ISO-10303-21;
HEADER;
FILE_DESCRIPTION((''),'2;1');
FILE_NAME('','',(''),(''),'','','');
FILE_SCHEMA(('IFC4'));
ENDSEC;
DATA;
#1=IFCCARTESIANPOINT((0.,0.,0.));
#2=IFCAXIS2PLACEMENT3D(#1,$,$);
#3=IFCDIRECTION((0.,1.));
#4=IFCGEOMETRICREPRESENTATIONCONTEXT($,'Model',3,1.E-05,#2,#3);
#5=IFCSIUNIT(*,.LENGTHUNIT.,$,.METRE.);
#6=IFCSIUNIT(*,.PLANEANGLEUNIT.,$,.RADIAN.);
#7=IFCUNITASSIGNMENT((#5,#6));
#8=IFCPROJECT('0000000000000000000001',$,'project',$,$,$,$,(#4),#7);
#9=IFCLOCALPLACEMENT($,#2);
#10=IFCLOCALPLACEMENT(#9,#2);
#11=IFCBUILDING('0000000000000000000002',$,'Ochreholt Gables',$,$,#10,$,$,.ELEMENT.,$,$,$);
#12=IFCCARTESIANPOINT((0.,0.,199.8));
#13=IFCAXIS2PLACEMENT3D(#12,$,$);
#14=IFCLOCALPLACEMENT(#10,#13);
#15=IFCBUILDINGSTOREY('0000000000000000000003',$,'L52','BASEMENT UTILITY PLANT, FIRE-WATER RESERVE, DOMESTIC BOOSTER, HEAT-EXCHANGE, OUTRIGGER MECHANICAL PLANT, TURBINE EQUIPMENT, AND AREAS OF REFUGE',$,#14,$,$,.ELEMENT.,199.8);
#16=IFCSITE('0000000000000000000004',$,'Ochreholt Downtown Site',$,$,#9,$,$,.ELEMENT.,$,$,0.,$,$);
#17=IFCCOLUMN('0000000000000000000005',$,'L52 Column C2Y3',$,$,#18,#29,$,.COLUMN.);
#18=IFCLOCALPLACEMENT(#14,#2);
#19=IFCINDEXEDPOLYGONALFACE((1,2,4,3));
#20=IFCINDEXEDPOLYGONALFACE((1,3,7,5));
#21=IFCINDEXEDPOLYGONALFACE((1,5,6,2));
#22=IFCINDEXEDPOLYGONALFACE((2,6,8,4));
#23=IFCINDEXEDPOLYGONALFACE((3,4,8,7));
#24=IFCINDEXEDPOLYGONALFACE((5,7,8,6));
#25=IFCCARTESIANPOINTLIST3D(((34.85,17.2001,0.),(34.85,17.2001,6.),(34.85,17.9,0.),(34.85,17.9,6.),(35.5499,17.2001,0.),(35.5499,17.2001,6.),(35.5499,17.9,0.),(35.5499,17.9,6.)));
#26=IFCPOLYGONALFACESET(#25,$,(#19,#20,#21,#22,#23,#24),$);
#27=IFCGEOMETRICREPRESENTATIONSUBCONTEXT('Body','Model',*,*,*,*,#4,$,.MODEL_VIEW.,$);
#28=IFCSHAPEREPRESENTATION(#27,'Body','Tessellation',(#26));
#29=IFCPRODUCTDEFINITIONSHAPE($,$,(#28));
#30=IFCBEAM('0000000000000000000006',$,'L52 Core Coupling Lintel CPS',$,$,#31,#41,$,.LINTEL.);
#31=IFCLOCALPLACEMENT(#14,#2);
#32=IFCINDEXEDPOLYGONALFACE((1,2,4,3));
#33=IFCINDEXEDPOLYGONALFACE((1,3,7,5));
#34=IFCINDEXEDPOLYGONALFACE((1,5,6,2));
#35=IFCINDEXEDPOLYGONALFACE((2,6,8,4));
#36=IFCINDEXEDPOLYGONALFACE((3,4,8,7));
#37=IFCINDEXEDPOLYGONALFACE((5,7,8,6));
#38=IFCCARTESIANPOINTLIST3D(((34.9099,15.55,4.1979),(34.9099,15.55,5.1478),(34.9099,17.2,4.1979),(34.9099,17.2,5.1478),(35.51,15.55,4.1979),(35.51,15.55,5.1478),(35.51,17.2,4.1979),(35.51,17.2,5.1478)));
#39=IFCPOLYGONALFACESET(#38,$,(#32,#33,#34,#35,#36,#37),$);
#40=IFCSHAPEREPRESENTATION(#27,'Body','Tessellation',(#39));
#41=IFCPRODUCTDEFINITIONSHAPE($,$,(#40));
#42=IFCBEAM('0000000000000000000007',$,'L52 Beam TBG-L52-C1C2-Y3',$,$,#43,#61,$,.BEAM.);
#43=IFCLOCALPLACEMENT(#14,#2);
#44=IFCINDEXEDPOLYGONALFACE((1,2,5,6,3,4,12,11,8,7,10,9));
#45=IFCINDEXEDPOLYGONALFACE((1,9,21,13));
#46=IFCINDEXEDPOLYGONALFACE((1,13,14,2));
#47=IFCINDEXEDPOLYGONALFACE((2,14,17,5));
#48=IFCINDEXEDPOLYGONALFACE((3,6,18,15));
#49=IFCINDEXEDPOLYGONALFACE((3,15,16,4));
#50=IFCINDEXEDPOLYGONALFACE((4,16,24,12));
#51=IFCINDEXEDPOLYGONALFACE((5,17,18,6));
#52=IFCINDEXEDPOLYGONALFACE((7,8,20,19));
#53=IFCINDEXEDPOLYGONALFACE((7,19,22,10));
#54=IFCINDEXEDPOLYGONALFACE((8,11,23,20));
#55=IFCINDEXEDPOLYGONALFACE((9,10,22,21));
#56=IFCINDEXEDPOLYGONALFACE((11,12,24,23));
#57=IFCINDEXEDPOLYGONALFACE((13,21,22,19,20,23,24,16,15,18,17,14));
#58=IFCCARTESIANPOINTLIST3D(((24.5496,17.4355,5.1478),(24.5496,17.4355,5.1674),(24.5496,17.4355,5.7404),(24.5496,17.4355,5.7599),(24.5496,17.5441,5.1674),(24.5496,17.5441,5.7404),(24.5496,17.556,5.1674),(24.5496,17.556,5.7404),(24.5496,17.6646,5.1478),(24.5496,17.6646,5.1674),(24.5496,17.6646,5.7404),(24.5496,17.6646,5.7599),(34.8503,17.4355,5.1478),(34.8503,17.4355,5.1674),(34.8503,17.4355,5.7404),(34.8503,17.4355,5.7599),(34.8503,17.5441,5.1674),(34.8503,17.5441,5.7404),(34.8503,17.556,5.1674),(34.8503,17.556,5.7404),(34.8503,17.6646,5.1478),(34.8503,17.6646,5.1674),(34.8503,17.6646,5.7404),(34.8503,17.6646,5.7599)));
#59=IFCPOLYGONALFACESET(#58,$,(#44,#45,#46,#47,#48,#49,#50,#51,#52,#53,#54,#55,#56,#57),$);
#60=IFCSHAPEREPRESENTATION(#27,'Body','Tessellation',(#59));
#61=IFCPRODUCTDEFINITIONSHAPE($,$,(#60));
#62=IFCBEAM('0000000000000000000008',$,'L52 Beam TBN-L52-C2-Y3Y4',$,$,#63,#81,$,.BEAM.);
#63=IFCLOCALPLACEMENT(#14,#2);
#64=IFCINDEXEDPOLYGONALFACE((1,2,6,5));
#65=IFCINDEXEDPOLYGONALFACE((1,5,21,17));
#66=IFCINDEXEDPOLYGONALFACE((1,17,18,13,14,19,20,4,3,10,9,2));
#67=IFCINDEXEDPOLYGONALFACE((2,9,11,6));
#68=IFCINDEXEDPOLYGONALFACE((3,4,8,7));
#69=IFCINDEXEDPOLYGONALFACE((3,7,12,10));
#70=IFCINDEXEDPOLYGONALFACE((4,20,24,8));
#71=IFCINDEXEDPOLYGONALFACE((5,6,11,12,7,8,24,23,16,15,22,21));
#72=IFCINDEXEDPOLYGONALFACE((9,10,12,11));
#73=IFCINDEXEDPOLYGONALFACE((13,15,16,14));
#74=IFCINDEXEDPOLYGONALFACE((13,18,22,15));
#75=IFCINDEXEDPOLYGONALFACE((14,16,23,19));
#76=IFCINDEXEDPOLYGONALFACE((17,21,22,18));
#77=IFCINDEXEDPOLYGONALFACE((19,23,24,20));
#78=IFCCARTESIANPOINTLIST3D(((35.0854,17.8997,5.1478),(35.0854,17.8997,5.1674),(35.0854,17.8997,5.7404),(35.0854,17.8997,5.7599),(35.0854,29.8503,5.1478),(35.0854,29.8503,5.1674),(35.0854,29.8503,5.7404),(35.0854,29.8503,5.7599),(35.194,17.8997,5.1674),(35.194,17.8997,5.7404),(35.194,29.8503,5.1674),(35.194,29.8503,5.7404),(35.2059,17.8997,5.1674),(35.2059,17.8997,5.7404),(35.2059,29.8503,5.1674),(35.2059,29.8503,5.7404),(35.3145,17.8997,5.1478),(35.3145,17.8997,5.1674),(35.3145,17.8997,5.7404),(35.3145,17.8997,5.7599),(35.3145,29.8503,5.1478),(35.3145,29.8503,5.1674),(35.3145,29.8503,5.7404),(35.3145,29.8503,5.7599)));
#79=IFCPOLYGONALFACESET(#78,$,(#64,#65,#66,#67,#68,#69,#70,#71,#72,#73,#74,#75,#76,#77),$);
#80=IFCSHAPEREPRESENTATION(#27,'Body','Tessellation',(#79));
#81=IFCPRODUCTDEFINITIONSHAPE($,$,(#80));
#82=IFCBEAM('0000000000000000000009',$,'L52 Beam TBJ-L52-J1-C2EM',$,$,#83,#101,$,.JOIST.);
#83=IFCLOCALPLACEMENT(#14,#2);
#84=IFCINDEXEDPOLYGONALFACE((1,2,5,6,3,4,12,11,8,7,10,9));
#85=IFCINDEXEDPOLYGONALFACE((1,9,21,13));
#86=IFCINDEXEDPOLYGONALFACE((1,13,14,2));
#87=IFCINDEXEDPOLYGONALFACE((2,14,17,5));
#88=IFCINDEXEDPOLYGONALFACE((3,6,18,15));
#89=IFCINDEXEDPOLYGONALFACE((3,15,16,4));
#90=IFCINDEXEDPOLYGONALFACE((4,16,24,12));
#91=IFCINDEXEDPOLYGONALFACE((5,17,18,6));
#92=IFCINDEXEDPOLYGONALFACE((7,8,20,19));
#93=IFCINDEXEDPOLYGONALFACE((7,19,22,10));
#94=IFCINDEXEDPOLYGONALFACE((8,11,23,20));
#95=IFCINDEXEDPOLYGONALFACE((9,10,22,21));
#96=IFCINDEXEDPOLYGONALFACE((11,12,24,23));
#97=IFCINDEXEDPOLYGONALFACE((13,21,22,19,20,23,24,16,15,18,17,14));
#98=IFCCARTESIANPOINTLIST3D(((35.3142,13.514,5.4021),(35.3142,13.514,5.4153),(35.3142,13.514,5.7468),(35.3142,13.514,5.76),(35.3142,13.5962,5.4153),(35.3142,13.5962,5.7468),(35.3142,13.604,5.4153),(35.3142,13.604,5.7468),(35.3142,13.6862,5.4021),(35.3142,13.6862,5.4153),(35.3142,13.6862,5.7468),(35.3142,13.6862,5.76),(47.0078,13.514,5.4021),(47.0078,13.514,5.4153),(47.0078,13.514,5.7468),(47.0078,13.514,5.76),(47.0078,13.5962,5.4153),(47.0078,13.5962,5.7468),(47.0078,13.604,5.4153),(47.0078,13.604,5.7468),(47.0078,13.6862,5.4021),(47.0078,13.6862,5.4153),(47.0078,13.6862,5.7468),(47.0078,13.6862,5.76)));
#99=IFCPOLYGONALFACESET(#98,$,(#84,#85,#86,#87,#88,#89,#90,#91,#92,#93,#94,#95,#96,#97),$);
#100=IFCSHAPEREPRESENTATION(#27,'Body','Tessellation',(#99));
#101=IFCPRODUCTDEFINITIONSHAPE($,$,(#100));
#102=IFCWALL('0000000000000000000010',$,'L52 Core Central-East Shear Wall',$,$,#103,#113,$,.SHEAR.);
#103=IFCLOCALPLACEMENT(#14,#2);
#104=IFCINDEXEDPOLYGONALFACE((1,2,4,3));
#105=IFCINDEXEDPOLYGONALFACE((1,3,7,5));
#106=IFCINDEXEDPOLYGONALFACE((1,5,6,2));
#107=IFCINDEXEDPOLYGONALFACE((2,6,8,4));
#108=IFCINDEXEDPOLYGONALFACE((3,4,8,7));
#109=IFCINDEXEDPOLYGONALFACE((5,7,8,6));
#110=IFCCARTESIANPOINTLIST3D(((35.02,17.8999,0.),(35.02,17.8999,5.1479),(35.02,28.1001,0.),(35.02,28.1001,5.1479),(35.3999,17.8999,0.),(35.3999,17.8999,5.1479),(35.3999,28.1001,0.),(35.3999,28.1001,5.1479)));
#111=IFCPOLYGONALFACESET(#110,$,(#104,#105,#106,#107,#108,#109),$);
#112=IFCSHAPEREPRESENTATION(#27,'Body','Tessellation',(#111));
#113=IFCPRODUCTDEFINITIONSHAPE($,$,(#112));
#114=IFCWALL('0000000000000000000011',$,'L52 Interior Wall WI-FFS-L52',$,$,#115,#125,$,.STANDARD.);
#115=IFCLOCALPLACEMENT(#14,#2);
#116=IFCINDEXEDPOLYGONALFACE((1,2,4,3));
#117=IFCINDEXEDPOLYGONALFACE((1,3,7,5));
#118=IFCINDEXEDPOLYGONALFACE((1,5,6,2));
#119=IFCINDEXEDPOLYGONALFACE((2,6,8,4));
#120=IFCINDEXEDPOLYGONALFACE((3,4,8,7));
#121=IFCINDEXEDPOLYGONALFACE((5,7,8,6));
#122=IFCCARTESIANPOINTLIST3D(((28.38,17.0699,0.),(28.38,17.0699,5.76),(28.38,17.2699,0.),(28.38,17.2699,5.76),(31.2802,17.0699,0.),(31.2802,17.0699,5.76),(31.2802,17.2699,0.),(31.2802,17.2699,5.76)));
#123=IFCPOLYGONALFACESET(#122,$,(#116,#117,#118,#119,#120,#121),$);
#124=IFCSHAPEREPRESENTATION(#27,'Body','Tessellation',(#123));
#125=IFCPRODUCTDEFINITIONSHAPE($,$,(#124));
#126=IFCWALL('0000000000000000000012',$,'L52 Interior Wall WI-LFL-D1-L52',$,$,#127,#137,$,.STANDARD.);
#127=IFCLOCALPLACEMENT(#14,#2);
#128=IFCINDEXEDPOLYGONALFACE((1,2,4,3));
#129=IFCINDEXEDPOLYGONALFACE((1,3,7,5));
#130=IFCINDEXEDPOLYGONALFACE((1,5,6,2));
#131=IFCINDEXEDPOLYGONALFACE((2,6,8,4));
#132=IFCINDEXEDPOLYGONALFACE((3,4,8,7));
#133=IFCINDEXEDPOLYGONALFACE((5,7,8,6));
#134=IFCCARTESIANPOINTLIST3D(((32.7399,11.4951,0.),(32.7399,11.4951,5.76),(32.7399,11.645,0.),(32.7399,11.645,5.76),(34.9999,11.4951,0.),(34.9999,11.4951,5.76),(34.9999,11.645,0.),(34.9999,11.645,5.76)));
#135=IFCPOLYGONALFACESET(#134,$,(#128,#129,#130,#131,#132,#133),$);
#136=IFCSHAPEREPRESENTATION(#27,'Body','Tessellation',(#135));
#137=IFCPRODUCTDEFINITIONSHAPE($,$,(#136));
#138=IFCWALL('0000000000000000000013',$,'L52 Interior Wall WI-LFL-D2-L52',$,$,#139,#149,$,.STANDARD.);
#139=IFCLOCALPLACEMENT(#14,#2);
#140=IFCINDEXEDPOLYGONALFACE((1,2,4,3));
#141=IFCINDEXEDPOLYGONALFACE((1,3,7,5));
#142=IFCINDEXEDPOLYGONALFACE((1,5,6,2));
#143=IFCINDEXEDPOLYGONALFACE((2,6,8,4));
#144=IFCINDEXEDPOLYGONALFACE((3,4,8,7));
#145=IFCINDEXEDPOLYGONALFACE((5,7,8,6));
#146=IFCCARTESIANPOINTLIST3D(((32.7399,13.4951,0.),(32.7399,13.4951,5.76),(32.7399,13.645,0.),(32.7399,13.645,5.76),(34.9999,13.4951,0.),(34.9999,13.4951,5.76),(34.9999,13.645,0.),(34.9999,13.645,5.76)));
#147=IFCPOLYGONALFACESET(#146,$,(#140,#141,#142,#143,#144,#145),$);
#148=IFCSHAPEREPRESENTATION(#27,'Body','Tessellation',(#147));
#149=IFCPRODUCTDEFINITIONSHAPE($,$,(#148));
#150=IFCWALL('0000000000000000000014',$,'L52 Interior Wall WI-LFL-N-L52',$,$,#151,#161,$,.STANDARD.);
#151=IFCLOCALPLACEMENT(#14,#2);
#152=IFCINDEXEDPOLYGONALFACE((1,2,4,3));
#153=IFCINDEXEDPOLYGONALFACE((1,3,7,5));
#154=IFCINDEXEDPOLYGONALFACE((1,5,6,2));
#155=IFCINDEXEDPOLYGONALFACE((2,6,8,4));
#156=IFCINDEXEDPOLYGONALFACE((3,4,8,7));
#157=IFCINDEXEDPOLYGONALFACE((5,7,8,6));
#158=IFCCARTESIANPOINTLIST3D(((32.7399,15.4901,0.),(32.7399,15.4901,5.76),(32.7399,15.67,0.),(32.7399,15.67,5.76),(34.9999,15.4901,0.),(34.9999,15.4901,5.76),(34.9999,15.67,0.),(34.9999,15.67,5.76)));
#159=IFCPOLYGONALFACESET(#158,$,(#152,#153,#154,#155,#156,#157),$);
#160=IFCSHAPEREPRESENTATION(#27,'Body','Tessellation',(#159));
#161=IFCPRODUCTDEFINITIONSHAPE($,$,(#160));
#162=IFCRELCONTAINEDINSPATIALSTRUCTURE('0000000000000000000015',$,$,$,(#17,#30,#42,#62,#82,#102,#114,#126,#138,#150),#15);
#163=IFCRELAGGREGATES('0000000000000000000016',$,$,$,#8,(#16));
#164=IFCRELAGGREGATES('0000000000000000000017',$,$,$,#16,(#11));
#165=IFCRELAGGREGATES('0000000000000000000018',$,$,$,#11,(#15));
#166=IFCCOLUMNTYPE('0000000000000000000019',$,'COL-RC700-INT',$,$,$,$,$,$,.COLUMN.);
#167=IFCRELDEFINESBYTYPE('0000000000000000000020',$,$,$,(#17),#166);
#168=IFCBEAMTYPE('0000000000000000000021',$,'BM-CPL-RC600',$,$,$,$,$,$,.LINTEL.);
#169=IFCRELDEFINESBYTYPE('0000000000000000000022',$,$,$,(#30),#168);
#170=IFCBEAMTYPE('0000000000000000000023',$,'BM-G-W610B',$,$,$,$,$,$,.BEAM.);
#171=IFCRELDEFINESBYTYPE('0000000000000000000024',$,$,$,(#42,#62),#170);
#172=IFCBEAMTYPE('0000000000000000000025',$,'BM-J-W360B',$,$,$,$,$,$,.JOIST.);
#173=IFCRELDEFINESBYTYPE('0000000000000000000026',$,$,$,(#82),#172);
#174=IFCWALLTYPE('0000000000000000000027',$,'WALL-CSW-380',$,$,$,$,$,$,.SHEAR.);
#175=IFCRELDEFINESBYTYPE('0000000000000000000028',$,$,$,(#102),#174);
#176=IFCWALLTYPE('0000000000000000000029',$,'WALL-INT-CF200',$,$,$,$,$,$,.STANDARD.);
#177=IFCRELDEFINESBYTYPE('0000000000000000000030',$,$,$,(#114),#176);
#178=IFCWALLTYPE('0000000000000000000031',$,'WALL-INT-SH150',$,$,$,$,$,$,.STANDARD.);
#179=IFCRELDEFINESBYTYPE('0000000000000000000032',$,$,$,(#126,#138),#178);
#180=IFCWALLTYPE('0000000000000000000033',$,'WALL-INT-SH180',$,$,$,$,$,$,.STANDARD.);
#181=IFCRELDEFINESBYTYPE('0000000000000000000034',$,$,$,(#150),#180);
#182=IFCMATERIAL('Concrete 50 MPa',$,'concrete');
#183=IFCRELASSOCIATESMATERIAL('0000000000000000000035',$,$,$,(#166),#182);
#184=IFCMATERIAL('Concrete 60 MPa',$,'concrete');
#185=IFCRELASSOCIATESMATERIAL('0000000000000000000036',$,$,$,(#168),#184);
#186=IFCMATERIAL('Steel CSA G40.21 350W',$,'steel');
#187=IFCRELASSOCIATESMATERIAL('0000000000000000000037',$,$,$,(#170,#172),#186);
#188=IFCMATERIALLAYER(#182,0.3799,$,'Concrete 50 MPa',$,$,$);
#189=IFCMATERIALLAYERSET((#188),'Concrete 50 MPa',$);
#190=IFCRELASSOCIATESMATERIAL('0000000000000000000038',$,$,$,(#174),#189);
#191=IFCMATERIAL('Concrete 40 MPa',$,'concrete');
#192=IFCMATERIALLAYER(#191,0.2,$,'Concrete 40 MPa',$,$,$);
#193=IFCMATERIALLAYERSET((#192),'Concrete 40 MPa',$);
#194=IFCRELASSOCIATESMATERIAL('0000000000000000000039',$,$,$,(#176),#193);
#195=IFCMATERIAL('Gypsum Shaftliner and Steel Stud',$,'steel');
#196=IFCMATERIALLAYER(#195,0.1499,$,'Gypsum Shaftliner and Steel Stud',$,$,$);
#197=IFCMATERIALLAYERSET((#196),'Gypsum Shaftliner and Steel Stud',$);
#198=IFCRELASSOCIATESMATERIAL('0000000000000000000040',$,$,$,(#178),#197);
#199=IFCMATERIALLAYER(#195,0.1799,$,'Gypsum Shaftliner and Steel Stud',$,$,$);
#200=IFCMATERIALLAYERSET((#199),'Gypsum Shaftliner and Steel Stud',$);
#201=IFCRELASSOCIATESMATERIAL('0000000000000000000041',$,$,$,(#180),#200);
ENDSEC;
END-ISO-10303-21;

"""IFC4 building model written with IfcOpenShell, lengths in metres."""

from ifc_helpers import new_model, si_unit, direction, frame, frame_2d, origin, origin_2d, place, context, subcontext, project, spatial, rectangle, i_section, extrude, material, layer, layer_set, material_profile, profile_set, type_object, element, save


model = new_model("IFC4")

# Units and contexts
model_context = context("Model", 3, precision=1e-05, world=origin(), true_north=direction((0.0, 1.0)))
body_context = subcontext(model_context, "Body", "Model", "MODEL_VIEW")
ifc_project = project(units=[si_unit("LENGTHUNIT", "METRE"), si_unit("PLANEANGLEUNIT", "RADIAN")], contexts=[model_context])

# Site, building, storey
site_placement = place(None, origin())
site = spatial("IfcSite", under=ifc_project, at=site_placement, Name="Ochreholt Downtown Site", CompositionType="ELEMENT", RefElevation=0.0)
building_placement = place(site_placement, origin())
building = spatial("IfcBuilding", under=site, at=building_placement, Name="Ochreholt Gables", CompositionType="ELEMENT")
storey_placement = place(building_placement, frame((0.0, 0.0, 199.8)))
storey = spatial("IfcBuildingStorey", under=building, at=storey_placement, Name="L52", Description="BASEMENT UTILITY PLANT, FIRE-WATER RESERVE, DOMESTIC BOOSTER, HEAT-EXCHANGE, OUTRIGGER MECHANICAL PLANT, TURBINE EQUIPMENT, AND AREAS OF REFUGE", CompositionType="ELEMENT", Elevation=199.8)

# Column
ifc_material_1 = material(Name="Concrete 50 MPa", Category="concrete")
ifc_material_profile_1 = material_profile(ifc_material_1, rectangle(XDim=0.7, YDim=0.7, at=origin_2d()), Name="RC700X700")
ifc_profile_set_1 = profile_set([ifc_material_profile_1], Name="Concrete 50 MPa")
column_type = type_object("IfcColumnType", Name="COL-RC700-INT", PredefinedType="COLUMN", material=ifc_profile_set_1)
column_placement = place(storey_placement, frame((35.2, 17.55, 0.0), z_axis=(0.0, 0.0, 1.0), x_axis=(1.0, 0.0, 0.0)))
element("IfcColumn", 1, at=column_placement, inside=storey, type_object=column_type, Name="L52 Column C2Y3", PredefinedType="COLUMN", context=body_context, shape_type="SweptSolid", body=[
    extrude(rectangle(XDim=0.7, YDim=0.7, at=origin_2d()), origin(), (0.0, 0.0, 1.0), 6.0),
])

# Beams
ifc_material_2 = material(Name="Concrete 60 MPa", Category="concrete")
ifc_material_profile_2 = material_profile(ifc_material_2, rectangle(XDim=0.6001, YDim=0.95, at=origin_2d()), Name="RCB600X950")
ifc_profile_set_2 = profile_set([ifc_material_profile_2], Name="Concrete 60 MPa")
beam_type_1 = type_object("IfcBeamType", Name="BM-CPL-RC600", PredefinedType="LINTEL", material=ifc_profile_set_2)
beam_1_placement = place(storey_placement, frame((35.21, 15.55, 4.6729), z_axis=(0.0, 1.0, 0.0), x_axis=(-1.0, 0.0, 0.0)))
element("IfcBeam", 2, at=beam_1_placement, inside=storey, type_object=beam_type_1, Name="L52 Core Coupling Lintel CPS", PredefinedType="LINTEL", context=body_context, shape_type="SweptSolid", body=[
    extrude(rectangle(XDim=0.6001, YDim=0.95, at=origin_2d()), origin(), (0.0, 0.0, 1.0), 1.6499),
])
ifc_material_3 = material(Name="Steel CSA G40.21 350W", Category="steel")
ifc_material_profile_3 = material_profile(ifc_material_3, i_section(OverallWidth=0.229, OverallDepth=0.6121, WebThickness=0.012, FlangeThickness=0.0195, at=origin_2d()), Name="W610X125")
ifc_profile_set_3 = profile_set([ifc_material_profile_3], Name="Steel CSA G40.21 350W")
beam_type_2 = type_object("IfcBeamType", Name="BM-G-W610B", PredefinedType="BEAM", material=ifc_profile_set_3)
beam_2_placement = place(storey_placement, frame((24.5496, 17.55, 5.4539), z_axis=(1.0, 0.0, 0.0), x_axis=(0.0, 1.0, 0.0)))
element("IfcBeam", 3, at=beam_2_placement, inside=storey, type_object=beam_type_2, Name="L52 Beam TBG-L52-C1C2-Y3", PredefinedType="BEAM", context=body_context, shape_type="SweptSolid", body=[
    extrude(i_section(OverallWidth=0.229, OverallDepth=0.6121, WebThickness=0.012, FlangeThickness=0.0195, at=origin_2d()), origin(), (0.0, 0.0, 1.0), 10.3008),
])
beam_3_placement = place(storey_placement, frame((35.2, 17.8997, 5.4539), z_axis=(0.0, 1.0, 0.0), x_axis=(-1.0, 0.0, 0.0)))
element("IfcBeam", 4, at=beam_3_placement, inside=storey, type_object=beam_type_2, Name="L52 Beam TBN-L52-C2-Y3Y4", PredefinedType="BEAM", context=body_context, shape_type="SweptSolid", body=[
    extrude(i_section(OverallWidth=0.229, OverallDepth=0.6121, WebThickness=0.012, FlangeThickness=0.0195, at=origin_2d()), origin(), (0.0, 0.0, 1.0), 11.9507),
])
ifc_material_profile_4 = material_profile(ifc_material_3, i_section(OverallWidth=0.1721, OverallDepth=0.3579, WebThickness=0.0078, FlangeThickness=0.0132, at=origin_2d()), Name="W360X57")
ifc_profile_set_4 = profile_set([ifc_material_profile_4], Name="Steel CSA G40.21 350W")
beam_type_3 = type_object("IfcBeamType", Name="BM-J-W360B", PredefinedType="JOIST", material=ifc_profile_set_4)
beam_4_placement = place(storey_placement, frame((35.3142, 13.6001, 5.5811), z_axis=(1.0, 0.0, 0.0), x_axis=(0.0, 1.0, 0.0)))
element("IfcBeam", 5, at=beam_4_placement, inside=storey, type_object=beam_type_3, Name="L52 Beam TBJ-L52-J1-C2EM", PredefinedType="JOIST", context=body_context, shape_type="SweptSolid", body=[
    extrude(i_section(OverallWidth=0.1721, OverallDepth=0.3579, WebThickness=0.0078, FlangeThickness=0.0132, at=origin_2d()), origin(), (0.0, 0.0, 1.0), 11.6936),
])

# Walls
ifc_layer_1 = layer(ifc_material_1, 0.3799, Name="Concrete 50 MPa")
ifc_layer_set_1 = layer_set([ifc_layer_1], Name="Concrete 50 MPa")
wall_type_1 = type_object("IfcWallType", Name="WALL-CSW-380", PredefinedType="SHEAR", material=ifc_layer_set_1)
wall_1_placement = place(storey_placement, frame((35.21, 17.8999, 0.0), z_axis=(0.0, 0.0, 1.0), x_axis=(0.0, 1.0, 0.0)))
element("IfcWall", 6, at=wall_1_placement, inside=storey, type_object=wall_type_1, Name="L52 Core Central-East Shear Wall", PredefinedType="SHEAR", context=body_context, shape_type="SweptSolid", body=[
    extrude(rectangle(XDim=10.2002, YDim=0.3799, at=frame_2d((5.1001, 0.0))), origin(), (0.0, 0.0, 1.0), 5.1479),
])
ifc_material_4 = material(Name="Concrete 40 MPa", Category="concrete")
ifc_layer_2 = layer(ifc_material_4, 0.2, Name="Concrete 40 MPa")
ifc_layer_set_2 = layer_set([ifc_layer_2], Name="Concrete 40 MPa")
wall_type_2 = type_object("IfcWallType", Name="WALL-INT-CF200", PredefinedType="STANDARD", material=ifc_layer_set_2)
wall_2_placement = place(storey_placement, frame((28.3799, 17.1699, 0.0), z_axis=(0.0, 0.0, 1.0), x_axis=(1.0, 0.0, 0.0)))
element("IfcWall", 7, at=wall_2_placement, inside=storey, type_object=wall_type_2, Name="L52 Interior Wall WI-FFS-L52", PredefinedType="STANDARD", context=body_context, shape_type="SweptSolid", body=[
    extrude(rectangle(XDim=2.9001, YDim=0.2, at=frame_2d((1.4502, 0.0))), origin(), (0.0, 0.0, 1.0), 5.76),
])

# Walls
ifc_material_5 = material(Name="Gypsum Shaftliner and Steel Stud", Category="steel")
ifc_layer_3 = layer(ifc_material_5, 0.1499, Name="Gypsum Shaftliner and Steel Stud")
ifc_layer_set_3 = layer_set([ifc_layer_3], Name="Gypsum Shaftliner and Steel Stud")
wall_type_3 = type_object("IfcWallType", Name="WALL-INT-SH150", PredefinedType="STANDARD", material=ifc_layer_set_3)
for number, where, z_axis, x_axis, name in (
    (8, (32.74, 11.5701, 0.0), (0.0, 0.0, 1.0), (1.0, 0.0, 0.0), "L52 Interior Wall WI-LFL-D1-L52"),
    (9, (32.74, 13.5701, 0.0), (0.0, 0.0, 1.0), (1.0, 0.0, 0.0), "L52 Interior Wall WI-LFL-D2-L52"),
):
    element("IfcWall", number, at=place(storey_placement, frame(where, z_axis=z_axis, x_axis=x_axis)), inside=storey, type_object=wall_type_3, Name=name, PredefinedType="STANDARD", context=body_context, shape_type="SweptSolid", body=[
        extrude(rectangle(XDim=2.26, YDim=0.1499, at=frame_2d((1.1299, 0.0))), origin(), (0.0, 0.0, 1.0), 5.76),
    ])
ifc_layer_4 = layer(ifc_material_5, 0.1799, Name="Gypsum Shaftliner and Steel Stud")
ifc_layer_set_4 = layer_set([ifc_layer_4], Name="Gypsum Shaftliner and Steel Stud")
wall_type_4 = type_object("IfcWallType", Name="WALL-INT-SH180", PredefinedType="STANDARD", material=ifc_layer_set_4)
wall_3_placement = place(storey_placement, frame((32.74, 15.5801, 0.0), z_axis=(0.0, 0.0, 1.0), x_axis=(1.0, 0.0, 0.0)))
element("IfcWall", 10, at=wall_3_placement, inside=storey, type_object=wall_type_4, Name="L52 Interior Wall WI-LFL-N-L52", PredefinedType="STANDARD", context=body_context, shape_type="SweptSolid", body=[
    extrude(rectangle(XDim=2.26, YDim=0.1799, at=frame_2d((1.1299, 0.0))), origin(), (0.0, 0.0, 1.0), 5.76),
])

save(model, "model.ifc")
